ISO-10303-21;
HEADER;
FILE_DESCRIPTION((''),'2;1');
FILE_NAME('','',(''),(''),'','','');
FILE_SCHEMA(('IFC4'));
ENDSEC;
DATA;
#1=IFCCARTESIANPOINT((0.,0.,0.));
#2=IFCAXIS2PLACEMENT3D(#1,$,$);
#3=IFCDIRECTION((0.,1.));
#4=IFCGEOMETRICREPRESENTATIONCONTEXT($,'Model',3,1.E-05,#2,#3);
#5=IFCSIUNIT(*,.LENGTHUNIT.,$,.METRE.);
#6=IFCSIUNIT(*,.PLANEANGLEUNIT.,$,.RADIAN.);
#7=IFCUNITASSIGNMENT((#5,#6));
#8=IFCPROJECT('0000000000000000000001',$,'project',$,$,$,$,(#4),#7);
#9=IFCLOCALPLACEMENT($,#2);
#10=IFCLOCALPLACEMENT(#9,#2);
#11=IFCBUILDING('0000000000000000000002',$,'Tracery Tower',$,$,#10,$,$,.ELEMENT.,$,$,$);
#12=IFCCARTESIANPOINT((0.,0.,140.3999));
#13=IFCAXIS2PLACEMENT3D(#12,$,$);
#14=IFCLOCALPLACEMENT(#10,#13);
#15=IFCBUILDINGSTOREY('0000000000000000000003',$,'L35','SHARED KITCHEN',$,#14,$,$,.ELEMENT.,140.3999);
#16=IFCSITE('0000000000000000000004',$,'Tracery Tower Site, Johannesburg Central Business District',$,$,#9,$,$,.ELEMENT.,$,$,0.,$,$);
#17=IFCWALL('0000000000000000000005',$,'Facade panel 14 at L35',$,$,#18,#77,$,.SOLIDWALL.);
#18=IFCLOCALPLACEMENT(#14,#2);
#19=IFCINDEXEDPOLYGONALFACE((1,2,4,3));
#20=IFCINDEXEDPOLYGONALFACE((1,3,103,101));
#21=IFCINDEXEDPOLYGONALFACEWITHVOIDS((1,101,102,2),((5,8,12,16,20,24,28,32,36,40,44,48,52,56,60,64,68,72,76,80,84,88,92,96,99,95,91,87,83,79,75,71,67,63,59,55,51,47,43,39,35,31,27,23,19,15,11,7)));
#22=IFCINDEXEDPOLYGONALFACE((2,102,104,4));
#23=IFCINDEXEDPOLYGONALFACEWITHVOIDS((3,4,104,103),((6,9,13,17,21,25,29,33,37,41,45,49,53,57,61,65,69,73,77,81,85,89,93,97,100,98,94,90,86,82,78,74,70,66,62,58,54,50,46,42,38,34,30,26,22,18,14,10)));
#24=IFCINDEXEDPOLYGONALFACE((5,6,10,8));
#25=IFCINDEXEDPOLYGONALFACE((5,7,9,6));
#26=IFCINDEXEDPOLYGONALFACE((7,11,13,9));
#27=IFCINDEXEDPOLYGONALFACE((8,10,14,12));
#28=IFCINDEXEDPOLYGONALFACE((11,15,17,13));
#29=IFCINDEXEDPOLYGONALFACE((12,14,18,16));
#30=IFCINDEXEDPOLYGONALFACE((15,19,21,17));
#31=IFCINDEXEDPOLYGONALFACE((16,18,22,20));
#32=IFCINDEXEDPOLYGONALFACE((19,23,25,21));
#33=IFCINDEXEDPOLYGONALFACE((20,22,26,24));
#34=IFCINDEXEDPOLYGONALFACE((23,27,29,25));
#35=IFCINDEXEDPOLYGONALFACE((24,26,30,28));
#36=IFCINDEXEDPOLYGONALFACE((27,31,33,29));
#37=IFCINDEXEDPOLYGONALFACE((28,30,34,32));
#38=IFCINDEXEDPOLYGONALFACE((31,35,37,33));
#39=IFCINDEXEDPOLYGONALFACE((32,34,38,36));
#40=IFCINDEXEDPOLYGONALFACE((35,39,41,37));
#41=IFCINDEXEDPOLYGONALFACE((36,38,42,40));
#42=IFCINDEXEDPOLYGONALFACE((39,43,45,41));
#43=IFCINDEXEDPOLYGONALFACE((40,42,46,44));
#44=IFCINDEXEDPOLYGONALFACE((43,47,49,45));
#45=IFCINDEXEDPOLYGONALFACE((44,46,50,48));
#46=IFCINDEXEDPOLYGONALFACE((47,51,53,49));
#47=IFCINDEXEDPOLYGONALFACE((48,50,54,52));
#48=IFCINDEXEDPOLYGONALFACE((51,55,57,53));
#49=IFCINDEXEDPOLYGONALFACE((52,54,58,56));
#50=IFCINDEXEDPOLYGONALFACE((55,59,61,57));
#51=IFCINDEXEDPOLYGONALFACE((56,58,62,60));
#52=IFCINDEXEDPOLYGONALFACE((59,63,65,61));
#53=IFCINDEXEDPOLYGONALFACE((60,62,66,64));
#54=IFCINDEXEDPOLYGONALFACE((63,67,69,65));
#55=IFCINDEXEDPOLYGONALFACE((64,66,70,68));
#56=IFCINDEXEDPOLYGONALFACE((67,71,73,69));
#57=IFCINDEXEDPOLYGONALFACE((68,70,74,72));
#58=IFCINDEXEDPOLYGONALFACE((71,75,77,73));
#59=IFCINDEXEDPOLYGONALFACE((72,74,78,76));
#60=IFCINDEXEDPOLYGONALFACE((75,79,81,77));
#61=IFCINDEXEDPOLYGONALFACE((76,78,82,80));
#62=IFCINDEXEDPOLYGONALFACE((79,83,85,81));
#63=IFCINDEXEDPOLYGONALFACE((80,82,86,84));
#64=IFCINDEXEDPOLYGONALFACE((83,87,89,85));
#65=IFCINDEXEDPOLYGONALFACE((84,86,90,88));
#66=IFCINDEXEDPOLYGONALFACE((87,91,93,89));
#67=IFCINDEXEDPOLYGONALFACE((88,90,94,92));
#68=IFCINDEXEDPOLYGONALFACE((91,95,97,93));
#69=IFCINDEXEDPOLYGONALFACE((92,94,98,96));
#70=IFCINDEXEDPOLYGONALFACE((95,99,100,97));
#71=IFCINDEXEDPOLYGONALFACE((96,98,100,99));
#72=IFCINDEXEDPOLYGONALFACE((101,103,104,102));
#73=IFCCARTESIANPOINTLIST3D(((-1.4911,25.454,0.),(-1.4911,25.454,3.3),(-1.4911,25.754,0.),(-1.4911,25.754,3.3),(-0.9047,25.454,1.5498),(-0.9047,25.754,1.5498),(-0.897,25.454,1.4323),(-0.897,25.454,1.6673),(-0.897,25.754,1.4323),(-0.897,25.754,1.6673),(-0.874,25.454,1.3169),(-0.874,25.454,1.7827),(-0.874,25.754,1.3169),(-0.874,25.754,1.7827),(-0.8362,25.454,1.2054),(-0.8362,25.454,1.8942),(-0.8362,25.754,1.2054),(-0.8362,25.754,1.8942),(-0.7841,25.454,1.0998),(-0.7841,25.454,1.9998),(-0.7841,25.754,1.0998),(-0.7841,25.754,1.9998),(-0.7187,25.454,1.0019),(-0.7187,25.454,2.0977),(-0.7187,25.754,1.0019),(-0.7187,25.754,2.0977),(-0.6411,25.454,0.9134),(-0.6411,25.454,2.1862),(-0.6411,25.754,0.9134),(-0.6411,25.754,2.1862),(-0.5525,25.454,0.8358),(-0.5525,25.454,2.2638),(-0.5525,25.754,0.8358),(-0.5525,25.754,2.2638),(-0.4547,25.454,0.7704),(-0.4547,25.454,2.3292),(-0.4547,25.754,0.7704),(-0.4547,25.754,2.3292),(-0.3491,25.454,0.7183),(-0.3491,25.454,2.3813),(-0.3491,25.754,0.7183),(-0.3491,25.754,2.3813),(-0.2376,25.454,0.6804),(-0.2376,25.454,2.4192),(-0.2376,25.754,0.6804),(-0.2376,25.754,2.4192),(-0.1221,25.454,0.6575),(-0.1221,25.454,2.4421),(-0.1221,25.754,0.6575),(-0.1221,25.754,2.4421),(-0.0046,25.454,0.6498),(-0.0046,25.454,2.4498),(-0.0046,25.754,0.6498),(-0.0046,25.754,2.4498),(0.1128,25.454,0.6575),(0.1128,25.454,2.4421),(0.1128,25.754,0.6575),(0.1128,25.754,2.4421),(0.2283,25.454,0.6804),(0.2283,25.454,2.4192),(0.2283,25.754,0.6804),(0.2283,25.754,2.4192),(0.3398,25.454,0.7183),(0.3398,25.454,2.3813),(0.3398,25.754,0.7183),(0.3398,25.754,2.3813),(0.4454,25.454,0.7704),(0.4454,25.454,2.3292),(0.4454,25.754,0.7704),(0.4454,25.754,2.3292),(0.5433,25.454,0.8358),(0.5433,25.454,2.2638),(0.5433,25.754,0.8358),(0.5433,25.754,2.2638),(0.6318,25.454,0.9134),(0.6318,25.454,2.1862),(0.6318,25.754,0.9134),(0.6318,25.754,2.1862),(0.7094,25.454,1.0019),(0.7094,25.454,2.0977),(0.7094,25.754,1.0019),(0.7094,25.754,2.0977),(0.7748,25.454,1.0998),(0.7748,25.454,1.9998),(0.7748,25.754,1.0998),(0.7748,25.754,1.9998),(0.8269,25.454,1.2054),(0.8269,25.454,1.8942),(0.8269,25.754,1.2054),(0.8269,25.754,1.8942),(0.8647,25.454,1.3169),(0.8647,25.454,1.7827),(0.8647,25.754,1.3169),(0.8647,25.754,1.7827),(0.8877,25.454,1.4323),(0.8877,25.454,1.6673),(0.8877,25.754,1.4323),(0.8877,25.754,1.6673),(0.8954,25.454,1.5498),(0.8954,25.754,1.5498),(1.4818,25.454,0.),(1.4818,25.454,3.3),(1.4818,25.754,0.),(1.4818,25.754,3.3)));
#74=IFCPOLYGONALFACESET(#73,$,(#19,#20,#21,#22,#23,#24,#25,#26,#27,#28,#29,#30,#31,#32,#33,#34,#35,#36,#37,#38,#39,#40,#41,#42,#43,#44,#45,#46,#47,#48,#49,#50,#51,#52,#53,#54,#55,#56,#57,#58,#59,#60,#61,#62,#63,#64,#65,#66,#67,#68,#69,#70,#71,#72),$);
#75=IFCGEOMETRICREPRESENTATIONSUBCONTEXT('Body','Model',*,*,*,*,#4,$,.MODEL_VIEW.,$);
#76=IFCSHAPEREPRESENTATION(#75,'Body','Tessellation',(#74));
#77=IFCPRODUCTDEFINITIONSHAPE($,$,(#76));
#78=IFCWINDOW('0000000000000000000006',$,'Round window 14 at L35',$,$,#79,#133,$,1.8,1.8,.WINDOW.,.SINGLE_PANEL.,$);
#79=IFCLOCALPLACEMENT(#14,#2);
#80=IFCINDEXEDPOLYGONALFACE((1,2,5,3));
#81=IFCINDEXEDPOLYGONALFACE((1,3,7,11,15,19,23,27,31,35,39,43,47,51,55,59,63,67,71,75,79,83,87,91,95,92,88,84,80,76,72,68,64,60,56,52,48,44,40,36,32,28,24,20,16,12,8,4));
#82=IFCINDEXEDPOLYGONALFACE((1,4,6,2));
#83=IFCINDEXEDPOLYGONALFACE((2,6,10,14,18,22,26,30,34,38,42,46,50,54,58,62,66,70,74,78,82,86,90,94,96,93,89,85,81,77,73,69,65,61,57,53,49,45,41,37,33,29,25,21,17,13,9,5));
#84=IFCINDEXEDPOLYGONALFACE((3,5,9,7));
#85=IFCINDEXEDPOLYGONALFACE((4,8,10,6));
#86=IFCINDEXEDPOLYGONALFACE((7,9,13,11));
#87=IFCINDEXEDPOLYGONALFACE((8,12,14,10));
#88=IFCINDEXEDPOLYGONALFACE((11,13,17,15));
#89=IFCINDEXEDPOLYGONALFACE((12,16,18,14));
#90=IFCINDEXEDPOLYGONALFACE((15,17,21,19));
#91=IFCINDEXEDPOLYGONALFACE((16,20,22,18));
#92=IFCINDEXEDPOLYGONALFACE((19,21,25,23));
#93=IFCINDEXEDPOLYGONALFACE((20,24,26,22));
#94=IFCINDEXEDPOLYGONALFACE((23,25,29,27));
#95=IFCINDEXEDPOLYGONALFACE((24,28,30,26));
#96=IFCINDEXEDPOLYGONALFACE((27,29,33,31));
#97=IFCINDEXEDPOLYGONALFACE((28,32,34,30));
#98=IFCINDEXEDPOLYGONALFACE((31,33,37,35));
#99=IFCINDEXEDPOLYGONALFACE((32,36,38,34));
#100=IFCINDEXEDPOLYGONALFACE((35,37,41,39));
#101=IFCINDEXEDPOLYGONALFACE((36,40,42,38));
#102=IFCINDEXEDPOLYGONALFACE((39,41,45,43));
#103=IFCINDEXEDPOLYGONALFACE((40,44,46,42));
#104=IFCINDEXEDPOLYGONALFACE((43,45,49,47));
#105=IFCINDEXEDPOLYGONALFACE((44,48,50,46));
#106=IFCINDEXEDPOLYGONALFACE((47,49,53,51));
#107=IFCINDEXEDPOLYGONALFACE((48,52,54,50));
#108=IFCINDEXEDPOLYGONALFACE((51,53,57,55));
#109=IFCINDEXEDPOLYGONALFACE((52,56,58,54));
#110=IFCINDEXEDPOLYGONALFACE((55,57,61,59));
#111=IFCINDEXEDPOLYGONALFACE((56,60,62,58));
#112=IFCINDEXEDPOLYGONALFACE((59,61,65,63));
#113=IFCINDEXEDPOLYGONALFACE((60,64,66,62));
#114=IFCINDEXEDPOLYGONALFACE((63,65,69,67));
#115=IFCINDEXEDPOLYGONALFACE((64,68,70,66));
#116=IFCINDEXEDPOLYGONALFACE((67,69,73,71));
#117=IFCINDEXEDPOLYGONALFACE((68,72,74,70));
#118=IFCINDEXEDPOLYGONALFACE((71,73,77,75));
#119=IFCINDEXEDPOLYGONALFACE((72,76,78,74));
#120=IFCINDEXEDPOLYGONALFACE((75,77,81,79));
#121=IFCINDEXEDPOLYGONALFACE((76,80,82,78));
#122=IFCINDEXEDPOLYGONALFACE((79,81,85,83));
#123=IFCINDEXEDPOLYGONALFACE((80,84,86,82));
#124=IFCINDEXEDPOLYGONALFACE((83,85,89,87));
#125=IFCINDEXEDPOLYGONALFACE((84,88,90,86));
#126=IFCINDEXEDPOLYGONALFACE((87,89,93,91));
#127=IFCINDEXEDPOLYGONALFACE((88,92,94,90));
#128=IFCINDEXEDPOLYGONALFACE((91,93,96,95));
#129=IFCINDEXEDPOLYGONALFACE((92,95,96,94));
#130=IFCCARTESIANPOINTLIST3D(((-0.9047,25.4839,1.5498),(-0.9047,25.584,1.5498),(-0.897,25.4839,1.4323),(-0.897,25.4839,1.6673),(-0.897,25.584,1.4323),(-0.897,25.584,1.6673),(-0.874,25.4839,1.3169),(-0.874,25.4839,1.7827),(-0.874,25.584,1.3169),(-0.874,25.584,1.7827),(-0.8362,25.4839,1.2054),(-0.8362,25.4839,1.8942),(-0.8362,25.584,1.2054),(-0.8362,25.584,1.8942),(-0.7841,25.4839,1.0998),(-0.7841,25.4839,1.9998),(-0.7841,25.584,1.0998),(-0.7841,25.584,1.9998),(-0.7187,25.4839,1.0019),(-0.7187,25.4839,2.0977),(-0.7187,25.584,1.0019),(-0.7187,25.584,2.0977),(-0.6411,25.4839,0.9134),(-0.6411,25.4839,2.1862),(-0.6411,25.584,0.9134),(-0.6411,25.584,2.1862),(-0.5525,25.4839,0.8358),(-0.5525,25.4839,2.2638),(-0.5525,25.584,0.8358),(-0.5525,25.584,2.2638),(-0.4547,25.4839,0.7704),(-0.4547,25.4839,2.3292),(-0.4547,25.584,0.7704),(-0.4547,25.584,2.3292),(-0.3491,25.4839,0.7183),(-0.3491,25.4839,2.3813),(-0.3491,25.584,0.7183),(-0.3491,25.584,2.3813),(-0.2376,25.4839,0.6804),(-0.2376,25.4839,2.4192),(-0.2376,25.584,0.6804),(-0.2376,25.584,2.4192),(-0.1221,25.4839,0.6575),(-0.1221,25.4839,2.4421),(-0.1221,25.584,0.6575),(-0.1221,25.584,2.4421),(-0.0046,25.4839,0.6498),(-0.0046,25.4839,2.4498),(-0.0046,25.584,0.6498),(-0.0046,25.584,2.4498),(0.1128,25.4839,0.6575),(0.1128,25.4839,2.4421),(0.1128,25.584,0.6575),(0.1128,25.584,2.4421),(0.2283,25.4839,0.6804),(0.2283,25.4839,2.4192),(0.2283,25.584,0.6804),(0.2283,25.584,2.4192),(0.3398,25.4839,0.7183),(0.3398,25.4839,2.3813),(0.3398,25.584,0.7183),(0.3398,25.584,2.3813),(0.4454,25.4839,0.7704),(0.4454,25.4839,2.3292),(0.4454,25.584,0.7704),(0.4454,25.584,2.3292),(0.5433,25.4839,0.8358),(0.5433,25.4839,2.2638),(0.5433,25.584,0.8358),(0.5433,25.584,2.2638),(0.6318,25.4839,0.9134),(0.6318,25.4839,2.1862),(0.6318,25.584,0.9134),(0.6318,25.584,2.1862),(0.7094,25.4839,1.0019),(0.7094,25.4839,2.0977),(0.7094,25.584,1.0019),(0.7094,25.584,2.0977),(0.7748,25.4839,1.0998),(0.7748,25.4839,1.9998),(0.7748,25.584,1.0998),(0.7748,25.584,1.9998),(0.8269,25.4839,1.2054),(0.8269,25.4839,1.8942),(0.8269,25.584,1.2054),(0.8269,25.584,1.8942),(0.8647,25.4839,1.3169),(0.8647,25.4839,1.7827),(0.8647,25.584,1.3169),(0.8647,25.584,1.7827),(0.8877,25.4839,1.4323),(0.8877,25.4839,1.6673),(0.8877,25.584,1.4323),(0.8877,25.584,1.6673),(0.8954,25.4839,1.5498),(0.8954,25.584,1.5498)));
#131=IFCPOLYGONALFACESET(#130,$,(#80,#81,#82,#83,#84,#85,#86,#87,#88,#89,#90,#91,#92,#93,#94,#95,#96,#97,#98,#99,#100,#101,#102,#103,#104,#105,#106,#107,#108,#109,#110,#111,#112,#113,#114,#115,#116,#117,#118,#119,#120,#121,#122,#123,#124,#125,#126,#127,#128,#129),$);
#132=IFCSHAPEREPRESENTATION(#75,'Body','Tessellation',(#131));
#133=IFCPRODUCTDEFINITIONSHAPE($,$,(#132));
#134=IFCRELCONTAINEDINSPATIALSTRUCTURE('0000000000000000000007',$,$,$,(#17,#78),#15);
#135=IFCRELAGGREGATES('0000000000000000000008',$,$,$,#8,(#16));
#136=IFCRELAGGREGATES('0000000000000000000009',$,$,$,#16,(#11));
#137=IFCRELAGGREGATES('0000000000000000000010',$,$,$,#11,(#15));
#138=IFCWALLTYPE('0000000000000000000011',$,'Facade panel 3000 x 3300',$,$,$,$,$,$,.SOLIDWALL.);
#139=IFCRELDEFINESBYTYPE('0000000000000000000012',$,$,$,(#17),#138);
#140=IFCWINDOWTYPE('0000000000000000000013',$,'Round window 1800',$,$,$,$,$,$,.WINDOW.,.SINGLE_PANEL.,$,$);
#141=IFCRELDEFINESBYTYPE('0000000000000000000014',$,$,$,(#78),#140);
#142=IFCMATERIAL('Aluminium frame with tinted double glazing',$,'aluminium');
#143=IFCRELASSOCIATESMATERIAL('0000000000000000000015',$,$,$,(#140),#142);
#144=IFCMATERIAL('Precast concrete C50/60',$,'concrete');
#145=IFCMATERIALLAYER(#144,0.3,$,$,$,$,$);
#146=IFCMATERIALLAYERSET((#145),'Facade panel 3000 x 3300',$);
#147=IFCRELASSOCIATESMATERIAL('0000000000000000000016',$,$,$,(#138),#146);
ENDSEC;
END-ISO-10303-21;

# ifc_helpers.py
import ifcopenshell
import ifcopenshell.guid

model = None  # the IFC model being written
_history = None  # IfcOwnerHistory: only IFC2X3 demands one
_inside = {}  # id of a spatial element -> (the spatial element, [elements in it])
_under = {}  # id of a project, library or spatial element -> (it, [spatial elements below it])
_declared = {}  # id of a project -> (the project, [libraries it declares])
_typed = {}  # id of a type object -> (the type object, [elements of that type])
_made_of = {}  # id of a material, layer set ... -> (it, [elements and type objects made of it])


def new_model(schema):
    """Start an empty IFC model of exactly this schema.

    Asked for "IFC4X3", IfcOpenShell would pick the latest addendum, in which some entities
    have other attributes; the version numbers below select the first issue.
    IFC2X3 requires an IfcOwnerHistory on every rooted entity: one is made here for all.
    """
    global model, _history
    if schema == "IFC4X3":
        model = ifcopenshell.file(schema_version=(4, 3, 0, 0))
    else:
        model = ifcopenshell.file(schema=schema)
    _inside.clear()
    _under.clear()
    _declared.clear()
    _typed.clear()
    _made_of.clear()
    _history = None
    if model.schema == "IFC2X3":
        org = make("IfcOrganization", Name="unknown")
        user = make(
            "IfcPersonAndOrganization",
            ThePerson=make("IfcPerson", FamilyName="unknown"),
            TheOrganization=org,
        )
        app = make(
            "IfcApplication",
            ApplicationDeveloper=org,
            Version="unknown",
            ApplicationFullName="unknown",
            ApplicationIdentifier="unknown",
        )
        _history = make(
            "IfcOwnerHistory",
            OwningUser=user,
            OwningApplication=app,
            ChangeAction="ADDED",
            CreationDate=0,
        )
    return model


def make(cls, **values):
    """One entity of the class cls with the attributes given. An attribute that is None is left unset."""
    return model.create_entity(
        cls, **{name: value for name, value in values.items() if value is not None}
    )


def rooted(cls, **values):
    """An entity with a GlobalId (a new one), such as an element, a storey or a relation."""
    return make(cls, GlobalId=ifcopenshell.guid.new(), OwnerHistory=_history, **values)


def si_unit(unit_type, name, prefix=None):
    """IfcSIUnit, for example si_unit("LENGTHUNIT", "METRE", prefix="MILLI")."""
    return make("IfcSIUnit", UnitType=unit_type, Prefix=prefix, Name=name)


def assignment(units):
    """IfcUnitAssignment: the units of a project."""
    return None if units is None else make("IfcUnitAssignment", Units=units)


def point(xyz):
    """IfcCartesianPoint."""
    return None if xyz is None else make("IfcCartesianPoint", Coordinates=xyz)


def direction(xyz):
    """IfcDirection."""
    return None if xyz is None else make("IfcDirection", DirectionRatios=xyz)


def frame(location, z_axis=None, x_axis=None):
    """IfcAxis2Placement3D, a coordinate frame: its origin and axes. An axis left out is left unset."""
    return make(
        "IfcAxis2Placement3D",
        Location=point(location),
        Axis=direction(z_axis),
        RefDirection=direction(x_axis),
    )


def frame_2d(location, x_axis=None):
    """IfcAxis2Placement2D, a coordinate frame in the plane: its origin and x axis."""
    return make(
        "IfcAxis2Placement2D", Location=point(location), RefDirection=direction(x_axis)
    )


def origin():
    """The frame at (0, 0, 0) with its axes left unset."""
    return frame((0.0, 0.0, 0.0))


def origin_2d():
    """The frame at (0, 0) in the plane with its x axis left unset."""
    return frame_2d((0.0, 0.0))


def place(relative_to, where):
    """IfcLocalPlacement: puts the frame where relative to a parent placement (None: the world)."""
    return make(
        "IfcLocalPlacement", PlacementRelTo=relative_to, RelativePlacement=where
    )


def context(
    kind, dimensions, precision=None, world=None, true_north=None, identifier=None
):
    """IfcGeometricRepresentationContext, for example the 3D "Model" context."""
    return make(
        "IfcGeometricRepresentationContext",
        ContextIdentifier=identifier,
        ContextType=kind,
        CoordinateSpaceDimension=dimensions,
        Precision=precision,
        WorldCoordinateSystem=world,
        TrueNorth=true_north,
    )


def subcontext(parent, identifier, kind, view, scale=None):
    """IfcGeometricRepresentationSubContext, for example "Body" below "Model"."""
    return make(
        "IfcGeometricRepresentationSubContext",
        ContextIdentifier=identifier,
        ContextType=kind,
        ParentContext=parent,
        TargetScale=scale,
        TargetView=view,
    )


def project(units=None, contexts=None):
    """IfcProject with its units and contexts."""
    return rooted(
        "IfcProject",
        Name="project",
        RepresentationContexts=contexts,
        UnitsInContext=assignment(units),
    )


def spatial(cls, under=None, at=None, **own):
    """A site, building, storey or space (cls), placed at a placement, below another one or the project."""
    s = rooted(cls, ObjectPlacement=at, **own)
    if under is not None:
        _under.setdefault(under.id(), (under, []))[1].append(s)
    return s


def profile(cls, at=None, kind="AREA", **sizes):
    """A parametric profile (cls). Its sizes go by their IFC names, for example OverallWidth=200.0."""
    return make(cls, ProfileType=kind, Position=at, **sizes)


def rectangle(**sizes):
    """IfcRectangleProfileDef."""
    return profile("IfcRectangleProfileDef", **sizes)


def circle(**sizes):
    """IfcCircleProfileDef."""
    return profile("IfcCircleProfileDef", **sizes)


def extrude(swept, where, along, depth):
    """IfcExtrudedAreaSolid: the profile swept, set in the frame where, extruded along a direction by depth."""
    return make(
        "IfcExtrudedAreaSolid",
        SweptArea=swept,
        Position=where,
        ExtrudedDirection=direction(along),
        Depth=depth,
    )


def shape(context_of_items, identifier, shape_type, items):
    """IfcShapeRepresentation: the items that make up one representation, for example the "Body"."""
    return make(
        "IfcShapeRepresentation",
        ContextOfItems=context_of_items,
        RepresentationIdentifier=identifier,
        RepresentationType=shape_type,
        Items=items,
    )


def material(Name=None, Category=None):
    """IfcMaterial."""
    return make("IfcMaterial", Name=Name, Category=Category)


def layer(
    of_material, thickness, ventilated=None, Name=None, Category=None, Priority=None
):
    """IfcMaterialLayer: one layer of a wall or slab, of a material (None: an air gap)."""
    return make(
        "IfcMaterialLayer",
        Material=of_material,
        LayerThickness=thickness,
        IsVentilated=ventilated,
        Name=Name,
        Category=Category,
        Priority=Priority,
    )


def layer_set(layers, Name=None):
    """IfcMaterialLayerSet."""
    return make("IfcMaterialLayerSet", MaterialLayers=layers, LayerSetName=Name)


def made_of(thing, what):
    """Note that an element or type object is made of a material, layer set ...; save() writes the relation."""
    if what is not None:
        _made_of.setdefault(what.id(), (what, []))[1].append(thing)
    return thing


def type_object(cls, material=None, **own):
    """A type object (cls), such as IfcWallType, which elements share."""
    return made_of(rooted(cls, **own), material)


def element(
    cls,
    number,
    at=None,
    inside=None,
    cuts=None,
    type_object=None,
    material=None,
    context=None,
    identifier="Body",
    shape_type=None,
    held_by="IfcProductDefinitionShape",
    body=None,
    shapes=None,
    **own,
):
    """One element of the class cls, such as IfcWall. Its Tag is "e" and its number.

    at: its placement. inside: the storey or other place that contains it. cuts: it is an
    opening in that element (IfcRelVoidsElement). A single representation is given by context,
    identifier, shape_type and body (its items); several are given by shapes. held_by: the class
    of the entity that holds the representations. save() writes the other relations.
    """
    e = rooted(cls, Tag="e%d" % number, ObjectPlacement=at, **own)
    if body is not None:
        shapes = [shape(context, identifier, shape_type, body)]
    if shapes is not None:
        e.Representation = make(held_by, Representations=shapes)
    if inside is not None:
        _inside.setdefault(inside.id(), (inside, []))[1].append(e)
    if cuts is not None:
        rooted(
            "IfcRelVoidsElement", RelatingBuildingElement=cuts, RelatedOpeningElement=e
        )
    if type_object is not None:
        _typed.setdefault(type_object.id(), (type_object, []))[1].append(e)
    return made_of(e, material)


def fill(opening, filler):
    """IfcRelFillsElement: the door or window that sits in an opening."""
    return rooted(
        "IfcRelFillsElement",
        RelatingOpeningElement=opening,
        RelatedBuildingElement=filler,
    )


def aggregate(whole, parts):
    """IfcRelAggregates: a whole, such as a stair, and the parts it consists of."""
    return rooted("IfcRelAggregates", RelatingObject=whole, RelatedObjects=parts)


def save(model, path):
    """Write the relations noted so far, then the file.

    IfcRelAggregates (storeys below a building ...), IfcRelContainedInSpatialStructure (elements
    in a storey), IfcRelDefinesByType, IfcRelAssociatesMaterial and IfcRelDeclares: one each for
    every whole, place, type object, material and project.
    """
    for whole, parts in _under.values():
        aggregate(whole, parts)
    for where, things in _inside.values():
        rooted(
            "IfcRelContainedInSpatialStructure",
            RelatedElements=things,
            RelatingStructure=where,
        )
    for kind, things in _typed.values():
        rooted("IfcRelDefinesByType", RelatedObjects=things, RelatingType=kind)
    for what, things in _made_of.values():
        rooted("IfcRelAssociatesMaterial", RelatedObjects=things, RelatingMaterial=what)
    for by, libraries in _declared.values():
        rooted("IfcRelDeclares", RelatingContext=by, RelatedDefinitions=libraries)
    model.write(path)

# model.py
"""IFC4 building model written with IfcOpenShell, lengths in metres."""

from ifc_helpers import new_model, si_unit, direction, frame, frame_2d, origin, origin_2d, place, context, subcontext, project, spatial, rectangle, circle, extrude, material, layer, layer_set, type_object, element, fill, save


model = new_model("IFC4")

# Units and contexts
model_context = context("Model", 3, precision=1e-05, world=origin(), true_north=direction((0.0, 1.0)))
body_context = subcontext(model_context, "Body", "Model", "MODEL_VIEW")
ifc_project = project(units=[si_unit("LENGTHUNIT", "METRE"), si_unit("PLANEANGLEUNIT", "RADIAN")], contexts=[model_context])

# Site, building, storey
site_placement = place(None, origin())
site = spatial("IfcSite", under=ifc_project, at=site_placement, Name="Tracery Tower Site, Johannesburg Central Business District", CompositionType="ELEMENT", RefElevation=0.0)
building_placement = place(site_placement, origin())
building = spatial("IfcBuilding", under=site, at=building_placement, Name="Tracery Tower", CompositionType="ELEMENT")
storey_placement = place(building_placement, frame((0.0, 0.0, 140.3999)))
storey = spatial("IfcBuildingStorey", under=building, at=storey_placement, Name="L35", Description="SHARED KITCHEN", CompositionType="ELEMENT", Elevation=140.3999)

# Wall, opening, window
ifc_material_1 = material(Name="Aluminium frame with tinted double glazing", Category="aluminium")
window_type = type_object("IfcWindowType", Name="Round window 1800", PartitioningType="SINGLE_PANEL", PredefinedType="WINDOW", material=ifc_material_1)
ifc_material_2 = material(Name="Precast concrete C50/60", Category="concrete")
ifc_layer_1 = layer(ifc_material_2, 0.3)
ifc_layer_set_1 = layer_set([ifc_layer_1], Name="Facade panel 3000 x 3300")
wall_type_1 = type_object("IfcWallType", Name="Facade panel 3000 x 3300", PredefinedType="SOLIDWALL", material=ifc_layer_set_1)
wall_1_placement = place(storey_placement, frame((1.4817, 25.604, 0.0), z_axis=(0.0, 0.0, 1.0), x_axis=(-1.0, 0.0, 0.0)))
wall_1 = element("IfcWall", 1, at=wall_1_placement, inside=storey, type_object=wall_type_1, Name="Facade panel 14 at L35", PredefinedType="SOLIDWALL", context=body_context, shape_type="SweptSolid", body=[
    extrude(rectangle(XDim=2.9729, YDim=0.3, at=frame_2d((1.4863, 0.0))), origin(), (0.0, 0.0, 1.0), 3.3),
])
opening_1_placement = place(wall_1_placement, frame((1.4863, 0.0, 1.5498)))
opening_1 = element("IfcOpeningElement", 2, at=opening_1_placement, cuts=wall_1, PredefinedType="OPENING", context=body_context, shape_type="SweptSolid", body=[
    extrude(circle(Radius=0.9, at=origin_2d()), frame((0.0, 0.1599, 0.0), z_axis=(0.0, -1.0, 0.0), x_axis=(1.0, 0.0, 0.0)), (0.0, 0.0, 1.0), 0.3201),
])
window_1_placement = place(opening_1_placement, origin())
window_1 = element("IfcWindow", 3, at=window_1_placement, inside=storey, type_object=window_type, Name="Round window 14 at L35", OverallHeight=1.8, OverallWidth=1.8, PartitioningType="SINGLE_PANEL", PredefinedType="WINDOW", context=body_context, shape_type="SweptSolid", body=[
    extrude(circle(Radius=0.9, at=origin_2d()), frame((0.0, 0.1201, 0.0), z_axis=(0.0, -1.0, 0.0), x_axis=(1.0, 0.0, 0.0)), (0.0, 0.0, 1.0), 0.1001),
])
fill(opening_1, window_1)

save(model, "model.ifc")
